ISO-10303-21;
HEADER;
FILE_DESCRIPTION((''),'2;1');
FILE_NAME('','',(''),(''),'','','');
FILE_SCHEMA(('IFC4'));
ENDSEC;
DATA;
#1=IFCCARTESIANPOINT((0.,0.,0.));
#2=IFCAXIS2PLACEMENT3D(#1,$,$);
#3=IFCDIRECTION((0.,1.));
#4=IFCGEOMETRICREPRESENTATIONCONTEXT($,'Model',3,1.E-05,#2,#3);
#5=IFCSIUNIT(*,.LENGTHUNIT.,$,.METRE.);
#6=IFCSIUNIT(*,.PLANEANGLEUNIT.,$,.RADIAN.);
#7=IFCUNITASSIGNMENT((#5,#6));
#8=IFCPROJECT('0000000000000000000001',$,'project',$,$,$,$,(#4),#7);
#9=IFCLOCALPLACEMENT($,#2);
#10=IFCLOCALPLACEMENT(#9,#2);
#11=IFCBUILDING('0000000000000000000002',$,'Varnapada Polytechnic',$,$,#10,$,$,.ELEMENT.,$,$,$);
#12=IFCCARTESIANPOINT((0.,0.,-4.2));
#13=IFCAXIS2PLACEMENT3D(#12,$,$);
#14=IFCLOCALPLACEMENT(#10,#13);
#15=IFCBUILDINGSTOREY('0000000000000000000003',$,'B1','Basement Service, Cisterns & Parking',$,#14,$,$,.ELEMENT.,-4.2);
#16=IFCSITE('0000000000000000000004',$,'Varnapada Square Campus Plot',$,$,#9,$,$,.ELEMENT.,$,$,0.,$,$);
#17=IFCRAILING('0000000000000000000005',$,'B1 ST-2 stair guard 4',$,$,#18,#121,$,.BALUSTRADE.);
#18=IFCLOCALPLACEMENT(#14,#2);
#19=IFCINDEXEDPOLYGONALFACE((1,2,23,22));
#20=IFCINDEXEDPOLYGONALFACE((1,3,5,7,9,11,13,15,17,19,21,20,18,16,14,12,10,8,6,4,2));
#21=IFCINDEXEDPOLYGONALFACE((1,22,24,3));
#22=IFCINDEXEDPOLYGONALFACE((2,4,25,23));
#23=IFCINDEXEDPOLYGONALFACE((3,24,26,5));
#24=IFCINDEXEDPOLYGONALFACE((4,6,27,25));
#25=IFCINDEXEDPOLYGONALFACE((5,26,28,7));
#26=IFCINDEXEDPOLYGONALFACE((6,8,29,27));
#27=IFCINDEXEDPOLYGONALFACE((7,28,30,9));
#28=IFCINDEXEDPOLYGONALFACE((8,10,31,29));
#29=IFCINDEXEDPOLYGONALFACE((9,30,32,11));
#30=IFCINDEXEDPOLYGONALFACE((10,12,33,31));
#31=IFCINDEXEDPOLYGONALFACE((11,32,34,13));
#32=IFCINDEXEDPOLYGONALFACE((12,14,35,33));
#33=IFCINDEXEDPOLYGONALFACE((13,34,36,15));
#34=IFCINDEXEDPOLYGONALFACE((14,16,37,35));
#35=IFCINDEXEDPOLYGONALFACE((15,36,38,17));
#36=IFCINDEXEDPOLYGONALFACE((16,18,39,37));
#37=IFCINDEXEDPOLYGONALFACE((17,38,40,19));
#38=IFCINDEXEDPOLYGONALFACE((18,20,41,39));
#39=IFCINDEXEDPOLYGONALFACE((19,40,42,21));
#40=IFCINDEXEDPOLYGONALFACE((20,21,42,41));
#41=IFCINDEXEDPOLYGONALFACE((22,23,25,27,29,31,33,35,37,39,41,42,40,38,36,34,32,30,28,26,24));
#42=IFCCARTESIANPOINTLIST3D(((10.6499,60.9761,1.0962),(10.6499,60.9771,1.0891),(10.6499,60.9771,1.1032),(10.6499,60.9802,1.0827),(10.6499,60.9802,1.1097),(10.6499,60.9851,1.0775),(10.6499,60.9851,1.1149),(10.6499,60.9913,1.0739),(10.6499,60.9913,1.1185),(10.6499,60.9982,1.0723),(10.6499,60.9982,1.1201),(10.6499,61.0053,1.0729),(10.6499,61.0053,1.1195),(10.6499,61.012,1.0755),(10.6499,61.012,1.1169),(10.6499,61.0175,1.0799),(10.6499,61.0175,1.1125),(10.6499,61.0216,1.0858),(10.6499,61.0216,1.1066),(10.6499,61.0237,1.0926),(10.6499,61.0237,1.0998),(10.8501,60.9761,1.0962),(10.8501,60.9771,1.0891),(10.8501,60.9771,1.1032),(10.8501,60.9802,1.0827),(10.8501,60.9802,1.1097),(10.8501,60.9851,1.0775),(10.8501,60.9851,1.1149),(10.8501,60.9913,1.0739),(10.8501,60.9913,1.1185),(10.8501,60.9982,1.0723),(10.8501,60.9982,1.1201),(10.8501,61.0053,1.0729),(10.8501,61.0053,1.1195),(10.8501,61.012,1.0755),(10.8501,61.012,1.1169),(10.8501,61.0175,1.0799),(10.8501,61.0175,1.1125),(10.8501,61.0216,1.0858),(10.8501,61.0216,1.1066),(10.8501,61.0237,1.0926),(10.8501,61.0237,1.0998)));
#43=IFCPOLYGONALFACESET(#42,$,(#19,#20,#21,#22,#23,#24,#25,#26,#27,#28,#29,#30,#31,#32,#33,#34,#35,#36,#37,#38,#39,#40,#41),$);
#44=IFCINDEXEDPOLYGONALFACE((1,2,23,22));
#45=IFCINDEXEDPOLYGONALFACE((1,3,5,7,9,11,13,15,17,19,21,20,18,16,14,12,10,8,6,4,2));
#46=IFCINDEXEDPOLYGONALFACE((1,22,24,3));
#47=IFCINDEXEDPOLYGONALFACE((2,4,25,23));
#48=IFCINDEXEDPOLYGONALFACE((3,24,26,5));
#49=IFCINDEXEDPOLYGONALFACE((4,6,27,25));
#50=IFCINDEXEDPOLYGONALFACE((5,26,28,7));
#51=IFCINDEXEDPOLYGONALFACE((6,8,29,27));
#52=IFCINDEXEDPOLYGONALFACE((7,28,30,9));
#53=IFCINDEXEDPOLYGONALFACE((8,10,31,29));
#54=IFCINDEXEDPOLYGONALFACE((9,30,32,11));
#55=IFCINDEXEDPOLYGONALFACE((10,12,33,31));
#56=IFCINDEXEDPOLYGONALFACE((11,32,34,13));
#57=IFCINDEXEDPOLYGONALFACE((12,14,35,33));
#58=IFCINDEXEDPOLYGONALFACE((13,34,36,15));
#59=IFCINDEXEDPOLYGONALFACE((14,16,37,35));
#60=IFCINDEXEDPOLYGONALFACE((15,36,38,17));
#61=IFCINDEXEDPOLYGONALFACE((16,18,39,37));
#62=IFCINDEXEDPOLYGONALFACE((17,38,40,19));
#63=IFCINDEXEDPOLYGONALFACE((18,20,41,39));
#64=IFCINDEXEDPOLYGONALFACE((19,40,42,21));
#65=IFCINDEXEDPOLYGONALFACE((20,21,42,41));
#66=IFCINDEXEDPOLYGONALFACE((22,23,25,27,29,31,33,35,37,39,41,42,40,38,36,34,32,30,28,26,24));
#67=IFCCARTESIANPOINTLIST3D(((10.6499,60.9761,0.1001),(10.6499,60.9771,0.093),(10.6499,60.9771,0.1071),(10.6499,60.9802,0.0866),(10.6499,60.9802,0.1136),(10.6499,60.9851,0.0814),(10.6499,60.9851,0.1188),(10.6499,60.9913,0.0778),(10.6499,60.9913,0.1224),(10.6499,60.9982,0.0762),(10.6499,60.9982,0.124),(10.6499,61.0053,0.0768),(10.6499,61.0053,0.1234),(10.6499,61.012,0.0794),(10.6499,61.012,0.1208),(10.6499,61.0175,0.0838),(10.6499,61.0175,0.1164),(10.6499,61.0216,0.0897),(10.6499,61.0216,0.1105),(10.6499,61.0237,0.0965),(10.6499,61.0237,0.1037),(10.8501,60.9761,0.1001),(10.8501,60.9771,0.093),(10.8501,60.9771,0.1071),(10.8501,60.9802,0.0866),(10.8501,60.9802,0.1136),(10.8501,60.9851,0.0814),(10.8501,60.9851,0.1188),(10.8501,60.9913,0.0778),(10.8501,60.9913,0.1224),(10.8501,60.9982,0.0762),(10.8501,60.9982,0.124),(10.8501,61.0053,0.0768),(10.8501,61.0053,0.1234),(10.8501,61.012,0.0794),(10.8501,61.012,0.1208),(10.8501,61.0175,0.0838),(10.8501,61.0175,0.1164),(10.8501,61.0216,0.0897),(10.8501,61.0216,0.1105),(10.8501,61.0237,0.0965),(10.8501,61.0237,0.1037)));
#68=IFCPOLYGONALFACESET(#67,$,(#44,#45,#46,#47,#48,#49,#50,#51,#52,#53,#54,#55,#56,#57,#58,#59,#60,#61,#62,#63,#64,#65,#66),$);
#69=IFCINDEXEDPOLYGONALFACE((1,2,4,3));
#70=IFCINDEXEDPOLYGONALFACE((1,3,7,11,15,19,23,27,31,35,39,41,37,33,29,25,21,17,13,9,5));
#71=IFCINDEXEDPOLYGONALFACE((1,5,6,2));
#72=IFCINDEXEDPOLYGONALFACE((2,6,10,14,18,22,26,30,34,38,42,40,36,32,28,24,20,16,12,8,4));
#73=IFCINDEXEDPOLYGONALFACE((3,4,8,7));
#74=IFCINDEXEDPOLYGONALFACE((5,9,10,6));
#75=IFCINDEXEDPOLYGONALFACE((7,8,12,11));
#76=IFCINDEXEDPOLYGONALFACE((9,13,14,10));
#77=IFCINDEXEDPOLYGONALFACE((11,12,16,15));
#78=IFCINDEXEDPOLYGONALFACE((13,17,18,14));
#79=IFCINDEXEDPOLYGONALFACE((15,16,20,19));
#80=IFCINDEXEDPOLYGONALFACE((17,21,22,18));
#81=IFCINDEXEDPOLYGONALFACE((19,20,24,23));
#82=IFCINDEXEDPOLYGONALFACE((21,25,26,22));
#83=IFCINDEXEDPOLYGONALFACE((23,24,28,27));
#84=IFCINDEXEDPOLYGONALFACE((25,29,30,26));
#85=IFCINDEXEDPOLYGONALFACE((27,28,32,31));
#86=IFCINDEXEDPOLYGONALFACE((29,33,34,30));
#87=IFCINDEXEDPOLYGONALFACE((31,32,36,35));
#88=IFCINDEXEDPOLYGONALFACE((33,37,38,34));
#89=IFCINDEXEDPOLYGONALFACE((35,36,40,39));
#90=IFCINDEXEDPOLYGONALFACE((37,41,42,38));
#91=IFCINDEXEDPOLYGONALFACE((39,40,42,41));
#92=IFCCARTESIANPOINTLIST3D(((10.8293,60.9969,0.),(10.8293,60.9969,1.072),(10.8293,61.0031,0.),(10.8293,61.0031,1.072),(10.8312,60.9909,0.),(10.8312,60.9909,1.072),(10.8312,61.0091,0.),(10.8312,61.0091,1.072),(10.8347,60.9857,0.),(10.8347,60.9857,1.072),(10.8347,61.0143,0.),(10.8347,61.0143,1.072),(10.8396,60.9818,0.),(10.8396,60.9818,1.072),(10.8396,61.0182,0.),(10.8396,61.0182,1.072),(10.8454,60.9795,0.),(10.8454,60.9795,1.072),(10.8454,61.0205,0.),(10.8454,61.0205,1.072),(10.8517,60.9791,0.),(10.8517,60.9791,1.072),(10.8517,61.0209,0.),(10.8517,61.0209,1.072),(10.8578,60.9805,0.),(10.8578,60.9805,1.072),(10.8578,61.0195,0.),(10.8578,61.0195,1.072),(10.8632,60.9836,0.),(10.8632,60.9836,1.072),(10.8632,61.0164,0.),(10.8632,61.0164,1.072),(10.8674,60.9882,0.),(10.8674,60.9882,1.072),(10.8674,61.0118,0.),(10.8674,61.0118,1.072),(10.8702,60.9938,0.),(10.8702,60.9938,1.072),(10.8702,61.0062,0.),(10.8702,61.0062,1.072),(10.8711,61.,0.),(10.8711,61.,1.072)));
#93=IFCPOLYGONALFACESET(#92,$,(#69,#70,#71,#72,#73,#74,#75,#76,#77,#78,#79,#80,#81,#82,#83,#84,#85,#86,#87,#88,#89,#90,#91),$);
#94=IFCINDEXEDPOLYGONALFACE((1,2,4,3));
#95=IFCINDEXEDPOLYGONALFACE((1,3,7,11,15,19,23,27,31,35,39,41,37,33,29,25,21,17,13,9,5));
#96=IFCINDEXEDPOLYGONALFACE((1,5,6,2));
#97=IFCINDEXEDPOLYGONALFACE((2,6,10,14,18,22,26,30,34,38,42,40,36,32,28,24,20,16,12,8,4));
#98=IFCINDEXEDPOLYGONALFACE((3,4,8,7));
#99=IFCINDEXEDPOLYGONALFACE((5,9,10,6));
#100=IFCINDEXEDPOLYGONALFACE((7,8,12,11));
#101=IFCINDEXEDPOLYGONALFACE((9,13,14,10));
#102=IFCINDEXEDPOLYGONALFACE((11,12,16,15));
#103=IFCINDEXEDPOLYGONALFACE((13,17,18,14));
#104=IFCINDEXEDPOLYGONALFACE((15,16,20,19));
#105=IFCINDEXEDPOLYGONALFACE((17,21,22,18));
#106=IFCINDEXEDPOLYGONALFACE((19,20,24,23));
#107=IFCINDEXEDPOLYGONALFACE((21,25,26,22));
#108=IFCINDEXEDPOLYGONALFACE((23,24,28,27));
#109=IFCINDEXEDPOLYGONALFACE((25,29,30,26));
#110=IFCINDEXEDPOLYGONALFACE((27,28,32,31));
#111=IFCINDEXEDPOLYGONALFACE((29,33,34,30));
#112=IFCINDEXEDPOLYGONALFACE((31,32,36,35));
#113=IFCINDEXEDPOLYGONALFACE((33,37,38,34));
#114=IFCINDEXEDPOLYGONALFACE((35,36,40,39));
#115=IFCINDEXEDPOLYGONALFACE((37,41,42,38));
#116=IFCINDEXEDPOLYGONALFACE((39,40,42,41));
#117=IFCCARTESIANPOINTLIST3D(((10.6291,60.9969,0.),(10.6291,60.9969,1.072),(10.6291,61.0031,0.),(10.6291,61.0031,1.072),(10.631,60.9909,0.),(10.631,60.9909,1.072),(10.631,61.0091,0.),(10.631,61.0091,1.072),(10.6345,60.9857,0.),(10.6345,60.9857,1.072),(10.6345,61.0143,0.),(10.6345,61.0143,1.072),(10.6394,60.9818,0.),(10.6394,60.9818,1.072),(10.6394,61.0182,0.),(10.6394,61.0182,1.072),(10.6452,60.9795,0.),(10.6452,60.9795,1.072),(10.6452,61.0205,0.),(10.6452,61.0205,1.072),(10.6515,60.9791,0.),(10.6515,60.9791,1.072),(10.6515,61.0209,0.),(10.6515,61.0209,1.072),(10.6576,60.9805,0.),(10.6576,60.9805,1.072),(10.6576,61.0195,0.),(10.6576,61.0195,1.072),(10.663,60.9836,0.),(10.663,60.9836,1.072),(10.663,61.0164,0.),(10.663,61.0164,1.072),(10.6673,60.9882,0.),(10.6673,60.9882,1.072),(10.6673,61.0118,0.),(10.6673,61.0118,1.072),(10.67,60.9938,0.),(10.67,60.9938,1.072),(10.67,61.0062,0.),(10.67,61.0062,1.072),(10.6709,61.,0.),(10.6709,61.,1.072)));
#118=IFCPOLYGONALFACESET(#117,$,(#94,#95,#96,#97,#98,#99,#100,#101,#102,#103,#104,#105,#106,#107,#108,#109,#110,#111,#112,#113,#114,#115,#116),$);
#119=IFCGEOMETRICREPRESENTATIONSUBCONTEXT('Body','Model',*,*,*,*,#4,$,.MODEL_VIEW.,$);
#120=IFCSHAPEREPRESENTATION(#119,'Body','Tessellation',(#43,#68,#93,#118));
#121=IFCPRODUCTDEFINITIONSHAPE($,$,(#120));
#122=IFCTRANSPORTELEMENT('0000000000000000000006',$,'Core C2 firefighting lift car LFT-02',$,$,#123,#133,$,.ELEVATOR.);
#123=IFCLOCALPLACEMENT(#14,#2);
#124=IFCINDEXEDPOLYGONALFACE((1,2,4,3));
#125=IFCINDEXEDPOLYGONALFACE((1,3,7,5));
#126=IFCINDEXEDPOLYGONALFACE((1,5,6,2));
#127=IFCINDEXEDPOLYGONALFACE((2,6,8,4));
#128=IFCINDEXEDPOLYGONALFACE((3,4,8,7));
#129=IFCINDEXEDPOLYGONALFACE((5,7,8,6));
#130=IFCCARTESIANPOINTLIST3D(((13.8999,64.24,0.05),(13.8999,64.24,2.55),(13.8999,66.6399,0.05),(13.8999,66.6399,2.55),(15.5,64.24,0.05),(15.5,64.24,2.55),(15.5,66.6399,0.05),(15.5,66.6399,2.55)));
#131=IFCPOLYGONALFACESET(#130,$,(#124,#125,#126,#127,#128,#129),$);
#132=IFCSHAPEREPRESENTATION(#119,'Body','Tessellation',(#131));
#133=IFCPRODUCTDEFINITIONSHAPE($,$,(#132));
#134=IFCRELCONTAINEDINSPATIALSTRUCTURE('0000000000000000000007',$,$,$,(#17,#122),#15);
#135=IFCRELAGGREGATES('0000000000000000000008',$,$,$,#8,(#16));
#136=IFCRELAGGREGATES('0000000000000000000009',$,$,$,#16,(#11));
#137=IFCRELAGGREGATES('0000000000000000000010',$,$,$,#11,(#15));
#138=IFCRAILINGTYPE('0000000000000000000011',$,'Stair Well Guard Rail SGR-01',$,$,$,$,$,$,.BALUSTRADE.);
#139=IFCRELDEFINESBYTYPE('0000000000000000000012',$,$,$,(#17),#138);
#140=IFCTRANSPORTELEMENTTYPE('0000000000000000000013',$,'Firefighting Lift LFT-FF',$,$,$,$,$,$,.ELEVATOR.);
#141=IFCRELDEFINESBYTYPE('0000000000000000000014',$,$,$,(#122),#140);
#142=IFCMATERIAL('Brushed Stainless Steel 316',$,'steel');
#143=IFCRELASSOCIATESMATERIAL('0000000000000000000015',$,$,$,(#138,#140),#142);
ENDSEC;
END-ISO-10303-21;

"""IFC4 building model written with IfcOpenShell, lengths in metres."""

from ifc_helpers import new_model, si_unit, direction, frame, origin, origin_2d, place, context, subcontext, project, spatial, rectangle, circle, extrude, material, type_object, element, save


model = new_model("IFC4")

# Units and contexts
model_context = context("Model", 3, precision=1e-05, world=origin(), true_north=direction((0.0, 1.0)))
body_context = subcontext(model_context, "Body", "Model", "MODEL_VIEW")
ifc_project = project(units=[si_unit("LENGTHUNIT", "METRE"), si_unit("PLANEANGLEUNIT", "RADIAN")], contexts=[model_context])

# Site, building, storey
site_placement = place(None, origin())
site = spatial("IfcSite", under=ifc_project, at=site_placement, Name="Varnapada Square Campus Plot", CompositionType="ELEMENT", RefElevation=0.0)
building_placement = place(site_placement, origin())
building = spatial("IfcBuilding", under=site, at=building_placement, Name="Varnapada Polytechnic", CompositionType="ELEMENT")
storey_placement = place(building_placement, frame((0.0, 0.0, -4.2)))
storey = spatial("IfcBuildingStorey", under=building, at=storey_placement, Name="B1", Description="Basement Service, Cisterns & Parking", CompositionType="ELEMENT", Elevation=-4.2)

# Shared definitions
ifc_material_1 = material(Name="Brushed Stainless Steel 316", Category="steel")

# Railing
railing_type_1 = type_object("IfcRailingType", Name="Stair Well Guard Rail SGR-01", PredefinedType="BALUSTRADE", material=ifc_material_1)
railing_1_placement = place(storey_placement, frame((10.8501, 61.0, 0.0)))
element("IfcRailing", 1, at=railing_1_placement, inside=storey, type_object=railing_type_1, Name="B1 ST-2 stair guard 4", PredefinedType="BALUSTRADE", context=body_context, shape_type="SweptSolid", body=[
    extrude(circle(Radius=0.0239, at=origin_2d()), frame((0.0, 0.0, 1.0962), z_axis=(-1.0, 0.0, 0.0), x_axis=(0.0, -1.0, 0.0)), (0.0, 0.0, 1.0), 0.2002),
    extrude(circle(Radius=0.0239, at=origin_2d()), frame((0.0, 0.0, 0.1001), z_axis=(-1.0, 0.0, 0.0), x_axis=(0.0, -1.0, 0.0)), (0.0, 0.0, 1.0), 0.2002),
    extrude(circle(Radius=0.021, at=origin_2d()), origin(), (0.0, 0.0, 1.0), 1.072),
    extrude(circle(Radius=0.021, at=origin_2d()), frame((-0.2002, 0.0, 0.0)), (0.0, 0.0, 1.0), 1.072),
])

# Transport element
transport_element_type = type_object("IfcTransportElementType", Name="Firefighting Lift LFT-FF", PredefinedType="ELEVATOR", material=ifc_material_1)
transport_element_placement = place(storey_placement, frame((14.7, 65.4399, 0.05), z_axis=(0.0, 0.0, 1.0), x_axis=(1.0, 0.0, 0.0)))
element("IfcTransportElement", 2, at=transport_element_placement, inside=storey, type_object=transport_element_type, Name="Core C2 firefighting lift car LFT-02", PredefinedType="ELEVATOR", context=body_context, shape_type="SweptSolid", body=[
    extrude(rectangle(XDim=1.6001, YDim=2.3999, at=origin_2d()), origin(), (0.0, 0.0, 1.0), 2.5),
])

save(model, "model.ifc")
